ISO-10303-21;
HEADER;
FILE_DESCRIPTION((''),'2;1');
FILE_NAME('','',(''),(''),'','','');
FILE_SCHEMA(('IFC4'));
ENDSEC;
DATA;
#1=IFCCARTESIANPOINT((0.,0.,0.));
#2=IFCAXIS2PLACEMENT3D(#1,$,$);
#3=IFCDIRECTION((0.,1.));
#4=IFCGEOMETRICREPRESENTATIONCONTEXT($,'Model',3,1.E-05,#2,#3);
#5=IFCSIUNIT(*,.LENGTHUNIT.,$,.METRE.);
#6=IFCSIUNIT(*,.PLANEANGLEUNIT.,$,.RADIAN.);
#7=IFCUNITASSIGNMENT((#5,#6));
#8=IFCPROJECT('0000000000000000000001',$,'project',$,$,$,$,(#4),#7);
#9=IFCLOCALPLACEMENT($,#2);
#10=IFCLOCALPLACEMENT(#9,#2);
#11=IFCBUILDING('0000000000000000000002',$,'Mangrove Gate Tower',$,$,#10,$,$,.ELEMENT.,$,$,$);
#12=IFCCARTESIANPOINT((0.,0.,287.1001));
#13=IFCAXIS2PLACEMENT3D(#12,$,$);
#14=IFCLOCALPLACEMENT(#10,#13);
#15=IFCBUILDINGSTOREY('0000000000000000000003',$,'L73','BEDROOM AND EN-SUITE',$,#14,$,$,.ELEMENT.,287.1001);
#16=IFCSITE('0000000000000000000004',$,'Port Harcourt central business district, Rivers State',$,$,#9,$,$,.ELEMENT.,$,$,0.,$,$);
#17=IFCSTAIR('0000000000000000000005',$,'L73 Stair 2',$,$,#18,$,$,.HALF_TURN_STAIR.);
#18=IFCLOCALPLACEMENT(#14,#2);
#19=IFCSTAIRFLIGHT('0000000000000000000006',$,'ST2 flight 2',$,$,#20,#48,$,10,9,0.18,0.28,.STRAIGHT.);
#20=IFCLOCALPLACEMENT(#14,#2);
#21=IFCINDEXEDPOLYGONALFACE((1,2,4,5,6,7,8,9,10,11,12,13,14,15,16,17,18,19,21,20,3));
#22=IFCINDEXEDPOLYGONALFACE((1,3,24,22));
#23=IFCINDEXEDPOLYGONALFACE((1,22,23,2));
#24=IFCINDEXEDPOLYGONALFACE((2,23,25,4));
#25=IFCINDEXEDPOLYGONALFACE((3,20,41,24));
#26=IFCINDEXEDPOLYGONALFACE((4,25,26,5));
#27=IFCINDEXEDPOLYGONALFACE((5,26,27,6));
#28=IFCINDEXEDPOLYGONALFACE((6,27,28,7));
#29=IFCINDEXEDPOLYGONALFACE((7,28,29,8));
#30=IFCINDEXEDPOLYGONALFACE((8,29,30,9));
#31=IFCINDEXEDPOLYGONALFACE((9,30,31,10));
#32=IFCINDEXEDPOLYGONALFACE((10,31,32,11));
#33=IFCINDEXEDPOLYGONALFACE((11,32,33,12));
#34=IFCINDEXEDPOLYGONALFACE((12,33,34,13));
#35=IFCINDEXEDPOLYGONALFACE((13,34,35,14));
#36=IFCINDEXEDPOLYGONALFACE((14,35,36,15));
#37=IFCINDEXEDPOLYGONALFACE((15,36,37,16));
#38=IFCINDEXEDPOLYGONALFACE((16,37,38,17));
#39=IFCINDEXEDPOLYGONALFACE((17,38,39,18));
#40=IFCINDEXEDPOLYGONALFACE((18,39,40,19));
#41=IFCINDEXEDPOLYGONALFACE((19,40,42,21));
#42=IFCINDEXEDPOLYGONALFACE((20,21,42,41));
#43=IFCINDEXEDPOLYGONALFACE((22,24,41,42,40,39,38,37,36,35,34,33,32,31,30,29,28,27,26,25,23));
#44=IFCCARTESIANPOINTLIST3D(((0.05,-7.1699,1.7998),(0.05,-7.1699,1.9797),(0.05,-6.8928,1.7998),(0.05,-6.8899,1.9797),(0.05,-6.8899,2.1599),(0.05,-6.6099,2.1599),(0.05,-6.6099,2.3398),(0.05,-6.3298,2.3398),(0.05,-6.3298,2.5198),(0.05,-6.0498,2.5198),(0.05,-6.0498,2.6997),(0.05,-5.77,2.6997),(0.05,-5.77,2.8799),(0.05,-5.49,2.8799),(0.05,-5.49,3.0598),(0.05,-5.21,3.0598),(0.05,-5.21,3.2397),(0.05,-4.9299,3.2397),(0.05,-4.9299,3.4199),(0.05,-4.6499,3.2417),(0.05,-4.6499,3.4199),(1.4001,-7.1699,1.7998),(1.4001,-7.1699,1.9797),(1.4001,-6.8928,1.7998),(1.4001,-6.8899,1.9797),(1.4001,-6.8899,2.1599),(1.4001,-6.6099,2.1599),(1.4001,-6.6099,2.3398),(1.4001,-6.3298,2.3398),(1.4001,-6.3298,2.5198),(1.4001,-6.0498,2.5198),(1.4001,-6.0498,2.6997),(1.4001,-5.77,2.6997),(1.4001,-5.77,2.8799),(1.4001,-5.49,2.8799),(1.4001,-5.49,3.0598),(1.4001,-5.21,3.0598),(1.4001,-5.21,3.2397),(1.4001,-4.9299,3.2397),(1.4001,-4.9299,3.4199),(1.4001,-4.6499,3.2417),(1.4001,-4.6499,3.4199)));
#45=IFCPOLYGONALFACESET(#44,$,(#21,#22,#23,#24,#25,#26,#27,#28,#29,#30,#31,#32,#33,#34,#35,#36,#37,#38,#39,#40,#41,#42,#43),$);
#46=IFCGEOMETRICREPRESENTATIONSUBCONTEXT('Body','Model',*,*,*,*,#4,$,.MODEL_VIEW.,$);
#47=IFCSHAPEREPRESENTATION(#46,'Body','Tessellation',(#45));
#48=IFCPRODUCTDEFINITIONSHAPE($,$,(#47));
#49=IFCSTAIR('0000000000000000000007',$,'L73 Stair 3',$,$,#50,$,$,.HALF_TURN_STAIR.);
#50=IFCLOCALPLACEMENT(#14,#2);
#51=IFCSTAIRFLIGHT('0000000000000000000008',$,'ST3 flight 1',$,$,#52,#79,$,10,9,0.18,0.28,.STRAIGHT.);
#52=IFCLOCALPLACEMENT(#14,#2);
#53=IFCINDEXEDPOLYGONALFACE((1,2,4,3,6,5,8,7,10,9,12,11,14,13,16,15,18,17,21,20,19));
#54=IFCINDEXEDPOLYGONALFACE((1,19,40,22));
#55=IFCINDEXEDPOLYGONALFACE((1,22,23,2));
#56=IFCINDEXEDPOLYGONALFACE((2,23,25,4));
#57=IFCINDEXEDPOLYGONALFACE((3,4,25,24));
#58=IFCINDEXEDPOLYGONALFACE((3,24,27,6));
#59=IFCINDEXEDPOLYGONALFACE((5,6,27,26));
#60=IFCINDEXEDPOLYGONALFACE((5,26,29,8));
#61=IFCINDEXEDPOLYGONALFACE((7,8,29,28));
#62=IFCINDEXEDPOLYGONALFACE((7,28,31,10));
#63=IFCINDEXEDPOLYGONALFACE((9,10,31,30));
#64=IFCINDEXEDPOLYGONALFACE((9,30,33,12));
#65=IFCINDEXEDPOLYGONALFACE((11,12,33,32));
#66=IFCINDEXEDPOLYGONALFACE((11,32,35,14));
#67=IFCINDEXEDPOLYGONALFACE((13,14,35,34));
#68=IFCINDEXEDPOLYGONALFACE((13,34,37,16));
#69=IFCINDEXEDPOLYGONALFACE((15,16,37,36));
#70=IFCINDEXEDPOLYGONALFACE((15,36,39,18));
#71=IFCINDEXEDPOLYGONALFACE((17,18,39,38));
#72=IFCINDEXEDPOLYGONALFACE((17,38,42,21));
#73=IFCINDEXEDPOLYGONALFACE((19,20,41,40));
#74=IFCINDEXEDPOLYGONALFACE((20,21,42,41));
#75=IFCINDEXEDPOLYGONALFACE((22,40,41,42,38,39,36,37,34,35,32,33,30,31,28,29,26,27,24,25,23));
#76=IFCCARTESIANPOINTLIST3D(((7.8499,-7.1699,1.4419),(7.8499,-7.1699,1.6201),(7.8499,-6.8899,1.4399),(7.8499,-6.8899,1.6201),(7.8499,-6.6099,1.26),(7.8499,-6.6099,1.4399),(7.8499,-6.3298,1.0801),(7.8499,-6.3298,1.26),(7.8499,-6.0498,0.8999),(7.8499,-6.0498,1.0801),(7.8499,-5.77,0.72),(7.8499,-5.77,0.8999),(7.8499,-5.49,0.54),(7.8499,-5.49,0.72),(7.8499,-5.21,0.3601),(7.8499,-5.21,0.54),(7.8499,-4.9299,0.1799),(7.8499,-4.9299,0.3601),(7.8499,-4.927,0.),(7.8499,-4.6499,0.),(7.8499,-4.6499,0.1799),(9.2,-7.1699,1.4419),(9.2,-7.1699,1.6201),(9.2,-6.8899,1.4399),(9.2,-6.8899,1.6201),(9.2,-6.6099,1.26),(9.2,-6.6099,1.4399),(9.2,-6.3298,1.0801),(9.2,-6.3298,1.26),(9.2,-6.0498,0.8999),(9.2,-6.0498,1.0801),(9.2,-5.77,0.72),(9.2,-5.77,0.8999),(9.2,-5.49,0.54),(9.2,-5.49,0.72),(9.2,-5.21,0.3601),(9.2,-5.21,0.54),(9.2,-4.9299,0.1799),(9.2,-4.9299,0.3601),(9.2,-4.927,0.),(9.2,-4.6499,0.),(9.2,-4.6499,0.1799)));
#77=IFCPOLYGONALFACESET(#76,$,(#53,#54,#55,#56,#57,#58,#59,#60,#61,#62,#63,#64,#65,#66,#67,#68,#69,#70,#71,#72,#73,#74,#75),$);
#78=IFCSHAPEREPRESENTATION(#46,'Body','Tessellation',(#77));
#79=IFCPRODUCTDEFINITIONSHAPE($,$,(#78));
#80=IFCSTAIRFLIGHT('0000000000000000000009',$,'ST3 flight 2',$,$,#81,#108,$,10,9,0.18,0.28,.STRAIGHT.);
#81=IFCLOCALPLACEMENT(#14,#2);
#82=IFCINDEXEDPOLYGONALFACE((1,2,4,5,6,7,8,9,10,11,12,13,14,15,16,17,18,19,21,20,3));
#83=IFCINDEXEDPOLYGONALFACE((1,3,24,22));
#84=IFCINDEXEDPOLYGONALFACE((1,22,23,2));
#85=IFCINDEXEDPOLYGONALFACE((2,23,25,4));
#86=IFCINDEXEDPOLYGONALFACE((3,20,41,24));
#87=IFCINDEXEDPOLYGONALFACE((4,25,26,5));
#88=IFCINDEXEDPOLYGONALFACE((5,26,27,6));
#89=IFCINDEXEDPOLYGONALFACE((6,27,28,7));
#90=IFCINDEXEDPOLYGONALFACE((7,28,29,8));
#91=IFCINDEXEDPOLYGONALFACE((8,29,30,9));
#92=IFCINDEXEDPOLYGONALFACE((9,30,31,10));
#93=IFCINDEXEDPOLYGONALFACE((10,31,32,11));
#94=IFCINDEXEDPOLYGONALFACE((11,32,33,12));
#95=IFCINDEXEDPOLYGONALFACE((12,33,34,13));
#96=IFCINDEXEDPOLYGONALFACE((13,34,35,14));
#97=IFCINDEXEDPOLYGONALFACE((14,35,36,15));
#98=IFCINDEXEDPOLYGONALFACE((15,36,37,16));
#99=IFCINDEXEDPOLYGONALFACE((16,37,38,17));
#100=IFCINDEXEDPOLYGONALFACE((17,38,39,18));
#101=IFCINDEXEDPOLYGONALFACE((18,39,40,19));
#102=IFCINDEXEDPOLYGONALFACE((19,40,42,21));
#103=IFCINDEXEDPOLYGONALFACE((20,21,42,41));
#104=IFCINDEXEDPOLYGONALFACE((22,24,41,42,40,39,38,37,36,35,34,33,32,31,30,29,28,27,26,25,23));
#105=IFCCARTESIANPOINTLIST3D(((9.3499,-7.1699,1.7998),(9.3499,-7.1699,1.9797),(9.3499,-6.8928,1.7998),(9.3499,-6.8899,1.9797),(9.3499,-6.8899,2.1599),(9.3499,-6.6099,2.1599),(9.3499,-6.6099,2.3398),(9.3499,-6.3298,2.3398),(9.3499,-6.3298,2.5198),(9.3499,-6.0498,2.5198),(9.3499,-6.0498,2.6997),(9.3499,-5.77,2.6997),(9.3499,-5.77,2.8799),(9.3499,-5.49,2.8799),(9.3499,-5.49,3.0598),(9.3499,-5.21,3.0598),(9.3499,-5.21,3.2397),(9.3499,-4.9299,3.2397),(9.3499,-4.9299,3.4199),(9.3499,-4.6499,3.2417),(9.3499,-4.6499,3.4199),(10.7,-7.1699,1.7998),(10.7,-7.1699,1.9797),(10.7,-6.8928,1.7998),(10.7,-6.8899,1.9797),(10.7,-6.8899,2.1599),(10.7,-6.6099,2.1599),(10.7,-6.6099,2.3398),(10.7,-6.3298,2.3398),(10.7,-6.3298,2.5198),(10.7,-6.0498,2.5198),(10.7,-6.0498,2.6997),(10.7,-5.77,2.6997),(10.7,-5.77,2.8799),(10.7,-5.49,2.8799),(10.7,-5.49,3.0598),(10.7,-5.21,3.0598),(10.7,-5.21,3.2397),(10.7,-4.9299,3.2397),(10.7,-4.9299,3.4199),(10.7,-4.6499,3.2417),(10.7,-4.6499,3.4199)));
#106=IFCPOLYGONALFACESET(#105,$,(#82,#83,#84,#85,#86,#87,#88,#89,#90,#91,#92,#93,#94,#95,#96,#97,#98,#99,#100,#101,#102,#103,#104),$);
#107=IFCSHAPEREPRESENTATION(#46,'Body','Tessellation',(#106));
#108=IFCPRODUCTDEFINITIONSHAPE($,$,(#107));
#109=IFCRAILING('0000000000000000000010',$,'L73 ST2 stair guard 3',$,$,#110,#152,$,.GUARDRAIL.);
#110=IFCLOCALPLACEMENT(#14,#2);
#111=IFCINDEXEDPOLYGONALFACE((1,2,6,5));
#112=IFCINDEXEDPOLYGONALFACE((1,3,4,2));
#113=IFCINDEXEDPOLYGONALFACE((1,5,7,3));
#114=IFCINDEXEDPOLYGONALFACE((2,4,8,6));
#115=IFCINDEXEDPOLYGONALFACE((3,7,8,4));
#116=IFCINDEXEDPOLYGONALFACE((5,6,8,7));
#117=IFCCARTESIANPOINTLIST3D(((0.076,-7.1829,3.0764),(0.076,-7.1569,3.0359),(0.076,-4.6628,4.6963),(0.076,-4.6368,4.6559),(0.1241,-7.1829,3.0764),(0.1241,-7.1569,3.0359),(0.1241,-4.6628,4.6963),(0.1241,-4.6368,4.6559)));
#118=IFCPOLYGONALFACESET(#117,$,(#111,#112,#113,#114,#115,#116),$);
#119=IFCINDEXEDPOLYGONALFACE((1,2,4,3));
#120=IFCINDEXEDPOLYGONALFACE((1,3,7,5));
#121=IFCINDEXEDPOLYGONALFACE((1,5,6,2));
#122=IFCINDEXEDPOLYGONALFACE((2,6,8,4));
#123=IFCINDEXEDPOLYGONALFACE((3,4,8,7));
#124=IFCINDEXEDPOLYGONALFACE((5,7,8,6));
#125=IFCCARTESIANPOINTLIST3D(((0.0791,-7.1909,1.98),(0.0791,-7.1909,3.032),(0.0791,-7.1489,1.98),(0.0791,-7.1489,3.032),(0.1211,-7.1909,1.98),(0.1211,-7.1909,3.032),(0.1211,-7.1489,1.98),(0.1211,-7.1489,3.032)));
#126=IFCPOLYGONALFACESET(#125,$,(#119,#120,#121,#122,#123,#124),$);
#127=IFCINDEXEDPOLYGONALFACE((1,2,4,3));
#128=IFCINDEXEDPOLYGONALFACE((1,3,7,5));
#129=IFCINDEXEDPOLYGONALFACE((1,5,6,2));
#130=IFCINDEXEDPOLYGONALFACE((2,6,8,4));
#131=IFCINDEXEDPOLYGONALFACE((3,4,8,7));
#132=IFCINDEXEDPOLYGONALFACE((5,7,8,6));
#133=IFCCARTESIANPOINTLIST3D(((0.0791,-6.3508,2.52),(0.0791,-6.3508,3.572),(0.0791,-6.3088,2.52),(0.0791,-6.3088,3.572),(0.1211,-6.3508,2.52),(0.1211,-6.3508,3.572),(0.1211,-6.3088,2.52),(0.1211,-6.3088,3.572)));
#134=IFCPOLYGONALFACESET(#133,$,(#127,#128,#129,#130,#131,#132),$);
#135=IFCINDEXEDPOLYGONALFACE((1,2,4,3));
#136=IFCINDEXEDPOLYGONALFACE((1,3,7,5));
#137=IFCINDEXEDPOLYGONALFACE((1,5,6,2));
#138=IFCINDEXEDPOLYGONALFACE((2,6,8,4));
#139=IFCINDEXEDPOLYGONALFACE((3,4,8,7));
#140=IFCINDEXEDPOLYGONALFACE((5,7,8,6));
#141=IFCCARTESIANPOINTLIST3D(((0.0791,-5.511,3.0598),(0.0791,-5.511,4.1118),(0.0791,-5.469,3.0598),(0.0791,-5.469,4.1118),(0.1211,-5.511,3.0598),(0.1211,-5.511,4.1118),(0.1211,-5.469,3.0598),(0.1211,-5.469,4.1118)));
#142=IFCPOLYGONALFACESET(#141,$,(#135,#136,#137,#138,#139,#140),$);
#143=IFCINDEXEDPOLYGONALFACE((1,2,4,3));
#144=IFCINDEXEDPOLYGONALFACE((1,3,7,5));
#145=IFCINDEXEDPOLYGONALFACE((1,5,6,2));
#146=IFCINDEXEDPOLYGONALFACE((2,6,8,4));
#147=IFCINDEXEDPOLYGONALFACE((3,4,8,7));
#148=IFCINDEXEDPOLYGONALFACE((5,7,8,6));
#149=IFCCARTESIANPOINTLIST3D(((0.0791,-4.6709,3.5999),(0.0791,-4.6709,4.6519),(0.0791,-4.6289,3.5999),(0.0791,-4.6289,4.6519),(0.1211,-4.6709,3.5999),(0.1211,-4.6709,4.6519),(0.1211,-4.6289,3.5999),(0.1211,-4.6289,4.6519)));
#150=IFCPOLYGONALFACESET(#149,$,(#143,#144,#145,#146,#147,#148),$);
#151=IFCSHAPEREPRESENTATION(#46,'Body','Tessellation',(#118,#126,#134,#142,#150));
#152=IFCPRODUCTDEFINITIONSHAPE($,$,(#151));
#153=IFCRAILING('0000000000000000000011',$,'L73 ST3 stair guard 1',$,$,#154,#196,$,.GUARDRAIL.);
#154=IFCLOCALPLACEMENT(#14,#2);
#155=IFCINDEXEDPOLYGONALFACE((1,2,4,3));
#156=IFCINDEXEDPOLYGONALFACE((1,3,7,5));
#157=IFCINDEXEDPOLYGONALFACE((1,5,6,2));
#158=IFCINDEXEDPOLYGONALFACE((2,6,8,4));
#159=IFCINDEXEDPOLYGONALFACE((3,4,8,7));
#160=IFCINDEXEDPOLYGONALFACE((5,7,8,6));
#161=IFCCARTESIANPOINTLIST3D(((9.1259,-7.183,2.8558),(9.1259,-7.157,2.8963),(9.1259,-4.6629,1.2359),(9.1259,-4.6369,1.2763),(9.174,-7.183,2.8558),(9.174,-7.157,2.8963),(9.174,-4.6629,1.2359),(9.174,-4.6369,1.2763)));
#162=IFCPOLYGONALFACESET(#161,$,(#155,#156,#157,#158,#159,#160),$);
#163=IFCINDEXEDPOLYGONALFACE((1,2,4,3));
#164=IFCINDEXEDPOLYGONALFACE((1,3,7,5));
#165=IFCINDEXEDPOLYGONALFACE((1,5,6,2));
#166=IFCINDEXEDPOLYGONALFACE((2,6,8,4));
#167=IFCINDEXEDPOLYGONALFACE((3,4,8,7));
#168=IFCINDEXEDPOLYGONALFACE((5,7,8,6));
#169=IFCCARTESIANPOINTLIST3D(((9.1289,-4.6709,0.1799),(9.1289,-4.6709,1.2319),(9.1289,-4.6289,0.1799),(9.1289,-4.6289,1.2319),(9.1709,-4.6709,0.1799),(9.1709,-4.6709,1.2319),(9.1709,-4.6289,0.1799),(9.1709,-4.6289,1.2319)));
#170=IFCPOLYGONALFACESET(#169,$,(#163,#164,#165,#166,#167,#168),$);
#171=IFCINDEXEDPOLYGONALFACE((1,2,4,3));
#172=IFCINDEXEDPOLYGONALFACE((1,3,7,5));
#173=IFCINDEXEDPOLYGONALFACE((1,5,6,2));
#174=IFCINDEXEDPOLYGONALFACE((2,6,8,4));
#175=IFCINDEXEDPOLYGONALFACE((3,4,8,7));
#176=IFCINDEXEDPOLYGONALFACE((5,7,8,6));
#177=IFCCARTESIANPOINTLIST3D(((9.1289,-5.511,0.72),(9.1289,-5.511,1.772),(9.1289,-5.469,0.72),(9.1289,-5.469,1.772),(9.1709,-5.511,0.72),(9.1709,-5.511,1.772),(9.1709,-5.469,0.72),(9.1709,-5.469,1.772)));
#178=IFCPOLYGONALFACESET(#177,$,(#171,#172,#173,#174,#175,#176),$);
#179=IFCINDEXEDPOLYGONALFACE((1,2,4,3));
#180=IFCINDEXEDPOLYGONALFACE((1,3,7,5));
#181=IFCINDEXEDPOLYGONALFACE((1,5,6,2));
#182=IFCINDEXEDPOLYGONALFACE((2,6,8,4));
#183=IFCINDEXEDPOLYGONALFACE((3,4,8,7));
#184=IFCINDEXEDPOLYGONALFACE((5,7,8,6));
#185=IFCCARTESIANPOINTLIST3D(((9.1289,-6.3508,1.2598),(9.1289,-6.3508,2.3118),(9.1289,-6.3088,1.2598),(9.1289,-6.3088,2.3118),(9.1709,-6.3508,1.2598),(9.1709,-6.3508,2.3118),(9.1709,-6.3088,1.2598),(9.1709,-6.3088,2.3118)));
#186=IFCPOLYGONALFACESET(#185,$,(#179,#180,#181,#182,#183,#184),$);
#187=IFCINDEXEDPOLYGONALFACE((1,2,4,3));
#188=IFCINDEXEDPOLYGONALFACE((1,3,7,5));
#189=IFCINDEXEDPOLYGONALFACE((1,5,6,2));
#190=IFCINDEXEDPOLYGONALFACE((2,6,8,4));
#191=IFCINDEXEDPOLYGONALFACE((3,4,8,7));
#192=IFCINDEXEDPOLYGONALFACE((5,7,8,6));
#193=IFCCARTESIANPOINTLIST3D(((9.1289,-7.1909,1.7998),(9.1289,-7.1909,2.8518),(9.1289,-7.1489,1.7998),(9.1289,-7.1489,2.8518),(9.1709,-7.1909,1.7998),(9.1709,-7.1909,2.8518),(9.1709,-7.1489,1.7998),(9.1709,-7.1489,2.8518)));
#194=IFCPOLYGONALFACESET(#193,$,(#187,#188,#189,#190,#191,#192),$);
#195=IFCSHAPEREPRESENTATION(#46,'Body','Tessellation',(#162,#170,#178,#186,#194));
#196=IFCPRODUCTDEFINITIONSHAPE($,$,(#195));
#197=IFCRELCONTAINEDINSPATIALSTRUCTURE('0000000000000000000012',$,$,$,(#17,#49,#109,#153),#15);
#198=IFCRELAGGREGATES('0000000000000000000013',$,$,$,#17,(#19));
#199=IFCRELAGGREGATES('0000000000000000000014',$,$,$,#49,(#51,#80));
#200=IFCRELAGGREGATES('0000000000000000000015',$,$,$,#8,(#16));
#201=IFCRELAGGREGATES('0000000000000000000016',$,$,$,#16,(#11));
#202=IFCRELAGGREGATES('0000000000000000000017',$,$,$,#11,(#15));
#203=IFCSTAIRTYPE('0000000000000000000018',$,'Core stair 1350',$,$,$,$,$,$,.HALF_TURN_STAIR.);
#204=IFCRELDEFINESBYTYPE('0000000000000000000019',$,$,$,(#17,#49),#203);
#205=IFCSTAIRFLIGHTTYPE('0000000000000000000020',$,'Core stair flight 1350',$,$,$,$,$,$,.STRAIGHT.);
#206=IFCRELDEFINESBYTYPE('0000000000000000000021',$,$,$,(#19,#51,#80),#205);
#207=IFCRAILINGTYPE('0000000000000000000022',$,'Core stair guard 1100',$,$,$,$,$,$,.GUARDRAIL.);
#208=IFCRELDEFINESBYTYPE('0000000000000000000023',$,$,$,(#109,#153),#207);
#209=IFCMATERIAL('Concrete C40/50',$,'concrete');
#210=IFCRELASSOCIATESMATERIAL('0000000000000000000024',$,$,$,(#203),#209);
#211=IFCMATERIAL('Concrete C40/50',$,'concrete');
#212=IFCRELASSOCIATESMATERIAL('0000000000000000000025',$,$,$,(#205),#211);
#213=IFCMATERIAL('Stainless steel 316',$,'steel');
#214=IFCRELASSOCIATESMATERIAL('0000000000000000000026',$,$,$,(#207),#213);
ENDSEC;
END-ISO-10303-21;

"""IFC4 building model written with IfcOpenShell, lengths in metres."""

from ifc_helpers import new_model, si_unit, direction, frame, origin, origin_2d, place, context, subcontext, project, spatial, polyline, rectangle, outline, extrude, material, type_object, element, aggregate, save


model = new_model("IFC4")

# Units and contexts
model_context = context("Model", 3, precision=1e-05, world=origin(), true_north=direction((0.0, 1.0)))
body_context = subcontext(model_context, "Body", "Model", "MODEL_VIEW")
ifc_project = project(units=[si_unit("LENGTHUNIT", "METRE"), si_unit("PLANEANGLEUNIT", "RADIAN")], contexts=[model_context])

# Site, building, storey
site_placement = place(None, origin())
site = spatial("IfcSite", under=ifc_project, at=site_placement, Name="Port Harcourt central business district, Rivers State", CompositionType="ELEMENT", RefElevation=0.0)
building_placement = place(site_placement, origin())
building = spatial("IfcBuilding", under=site, at=building_placement, Name="Mangrove Gate Tower", CompositionType="ELEMENT")
storey_placement = place(building_placement, frame((0.0, 0.0, 287.1001)))
storey = spatial("IfcBuildingStorey", under=building, at=storey_placement, Name="L73", Description="BEDROOM AND EN-SUITE", CompositionType="ELEMENT", Elevation=287.1001)

# Stair, stair flight
ifc_material_1 = material(Name="Concrete C40/50", Category="concrete")
stair_type = type_object("IfcStairType", Name="Core stair 1350", PredefinedType="HALF_TURN_STAIR", material=ifc_material_1)
stair_1_placement = place(storey_placement, origin())
stair_1 = element("IfcStair", 1, at=stair_1_placement, inside=storey, type_object=stair_type, Name="L73 Stair 2", PredefinedType="HALF_TURN_STAIR")
ifc_material_2 = material(Name="Concrete C40/50", Category="concrete")
stair_flight_type = type_object("IfcStairFlightType", Name="Core stair flight 1350", PredefinedType="STRAIGHT", material=ifc_material_2)
stair_flight_1_placement = place(storey_placement, frame((0.7251, -7.1699, 1.7998), z_axis=(0.0, 0.0, 1.0), x_axis=(0.0, 1.0, 0.0)))
stair_flight_1 = element("IfcStairFlight", 2, at=stair_flight_1_placement, type_object=stair_flight_type, Name="ST2 flight 2", NumberOfRisers=10, NumberOfTreads=9, PredefinedType="STRAIGHT", RiserHeight=0.18, TreadLength=0.28, context=body_context, shape_type="SweptSolid", body=[
    extrude(outline(polyline([(0.0, 0.0), (0.0, 0.1799), (0.28, 0.1799), (0.28, 0.3601), (0.5601, 0.3601), (0.5601, 0.54), (0.8401, 0.54), (0.8401, 0.72), (1.1201, 0.72), (1.1201, 0.8999), (1.3999, 0.8999), (1.3999, 1.0801), (1.6799, 1.0801), (1.6799, 1.26), (1.96, 1.26), (1.96, 1.4399), (2.24, 1.4399), (2.24, 1.6201), (2.52, 1.6201), (2.52, 1.8), (2.52, 1.4419), (0.2771, 0.0), (0.0, 0.0)])), frame((0.0, 0.675, 0.0), z_axis=(0.0, -1.0, 0.0), x_axis=(1.0, 0.0, 0.0)), (0.0, 0.0, 1.0), 1.3501),
])
aggregate(stair_1, [stair_flight_1])

# Stair, stair flights
stair_2_placement = place(storey_placement, origin())
stair_2 = element("IfcStair", 3, at=stair_2_placement, inside=storey, type_object=stair_type, Name="L73 Stair 3", PredefinedType="HALF_TURN_STAIR")
stair_flight_2_placement = place(storey_placement, frame((8.5249, -4.6499, 0.0), z_axis=(0.0, 0.0, 1.0), x_axis=(0.0, -1.0, 0.0)))
stair_flight_2 = element("IfcStairFlight", 4, at=stair_flight_2_placement, type_object=stair_flight_type, Name="ST3 flight 1", NumberOfRisers=10, NumberOfTreads=9, PredefinedType="STRAIGHT", RiserHeight=0.18, TreadLength=0.28, context=body_context, shape_type="SweptSolid", body=[
    extrude(outline(polyline([(0.0, 0.0), (0.0, 0.1799), (0.28, 0.1799), (0.28, 0.3601), (0.5601, 0.3601), (0.5601, 0.54), (0.8401, 0.54), (0.8401, 0.72), (1.1201, 0.72), (1.1201, 0.8999), (1.3999, 0.8999), (1.3999, 1.0801), (1.6799, 1.0801), (1.6799, 1.26), (1.96, 1.26), (1.96, 1.4399), (2.24, 1.4399), (2.24, 1.6201), (2.52, 1.6201), (2.52, 1.8), (2.52, 1.4419), (0.2771, 0.0), (0.0, 0.0)])), frame((0.0, 0.675, 0.0), z_axis=(0.0, -1.0, 0.0), x_axis=(1.0, 0.0, 0.0)), (0.0, 0.0, 1.0), 1.3501),
])
stair_flight_3_placement = place(storey_placement, frame((10.0249, -7.1699, 1.7998), z_axis=(0.0, 0.0, 1.0), x_axis=(0.0, 1.0, 0.0)))
stair_flight_3 = element("IfcStairFlight", 5, at=stair_flight_3_placement, type_object=stair_flight_type, Name="ST3 flight 2", NumberOfRisers=10, NumberOfTreads=9, PredefinedType="STRAIGHT", RiserHeight=0.18, TreadLength=0.28, context=body_context, shape_type="SweptSolid", body=[
    extrude(outline(polyline([(0.0, 0.0), (0.0, 0.1799), (0.28, 0.1799), (0.28, 0.3601), (0.5601, 0.3601), (0.5601, 0.54), (0.8401, 0.54), (0.8401, 0.72), (1.1201, 0.72), (1.1201, 0.8999), (1.3999, 0.8999), (1.3999, 1.0801), (1.6799, 1.0801), (1.6799, 1.26), (1.96, 1.26), (1.96, 1.4399), (2.24, 1.4399), (2.24, 1.6201), (2.52, 1.6201), (2.52, 1.8), (2.52, 1.4419), (0.2771, 0.0), (0.0, 0.0)])), frame((0.0, 0.675, 0.0), z_axis=(0.0, -1.0, 0.0), x_axis=(1.0, 0.0, 0.0)), (0.0, 0.0, 1.0), 1.3501),
])
aggregate(stair_2, [stair_flight_2, stair_flight_3])

# Railings
ifc_material_3 = material(Name="Stainless steel 316", Category="steel")
railing_type_1 = type_object("IfcRailingType", Name="Core stair guard 1100", PredefinedType="GUARDRAIL", material=ifc_material_3)
railing_1_placement = place(storey_placement, frame((0.1001, -7.1699, 1.98)))
element("IfcRailing", 6, at=railing_1_placement, inside=storey, type_object=railing_type_1, Name="L73 ST2 stair guard 3", PredefinedType="GUARDRAIL", context=body_context, shape_type="SweptSolid", body=[
    extrude(rectangle(XDim=0.0481, YDim=0.0481, at=origin_2d()), frame((0.0, 0.0, 1.0762), z_axis=(0.0, 0.8412, 0.540725), x_axis=(-1.0, 0.0, 0.0)), (0.0, 0.0, 1.0), 2.9958),
    extrude(rectangle(XDim=0.042, YDim=0.042, at=origin_2d()), origin(), (0.0, 0.0, 1.0), 1.052),
    extrude(rectangle(XDim=0.042, YDim=0.042, at=origin_2d()), frame((0.0, 0.8401, 0.54)), (0.0, 0.0, 1.0), 1.052),
    extrude(rectangle(XDim=0.042, YDim=0.042, at=origin_2d()), frame((0.0, 1.6799, 1.0798)), (0.0, 0.0, 1.0), 1.052),
    extrude(rectangle(XDim=0.042, YDim=0.042, at=origin_2d()), frame((0.0, 2.52, 1.6199)), (0.0, 0.0, 1.0), 1.052),
])
railing_2_placement = place(storey_placement, frame((9.1499, -4.6499, 0.1799)))
element("IfcRailing", 7, at=railing_2_placement, inside=storey, type_object=railing_type_1, Name="L73 ST3 stair guard 1", PredefinedType="GUARDRAIL", context=body_context, shape_type="SweptSolid", body=[
    extrude(rectangle(XDim=0.0481, YDim=0.0481, at=origin_2d()), frame((0.0, 0.0, 1.0762), z_axis=(0.0, -0.8412, 0.540725), x_axis=(1.0, 0.0, 0.0)), (0.0, 0.0, 1.0), 2.9958),
    extrude(rectangle(XDim=0.042, YDim=0.042, at=origin_2d()), origin(), (0.0, 0.0, 1.0), 1.052),
    extrude(rectangle(XDim=0.042, YDim=0.042, at=origin_2d()), frame((0.0, -0.8401, 0.54)), (0.0, 0.0, 1.0), 1.052),
    extrude(rectangle(XDim=0.042, YDim=0.042, at=origin_2d()), frame((0.0, -1.6799, 1.0798)), (0.0, 0.0, 1.0), 1.052),
    extrude(rectangle(XDim=0.042, YDim=0.042, at=origin_2d()), frame((0.0, -2.52, 1.6199)), (0.0, 0.0, 1.0), 1.052),
])

save(model, "model.ifc")
